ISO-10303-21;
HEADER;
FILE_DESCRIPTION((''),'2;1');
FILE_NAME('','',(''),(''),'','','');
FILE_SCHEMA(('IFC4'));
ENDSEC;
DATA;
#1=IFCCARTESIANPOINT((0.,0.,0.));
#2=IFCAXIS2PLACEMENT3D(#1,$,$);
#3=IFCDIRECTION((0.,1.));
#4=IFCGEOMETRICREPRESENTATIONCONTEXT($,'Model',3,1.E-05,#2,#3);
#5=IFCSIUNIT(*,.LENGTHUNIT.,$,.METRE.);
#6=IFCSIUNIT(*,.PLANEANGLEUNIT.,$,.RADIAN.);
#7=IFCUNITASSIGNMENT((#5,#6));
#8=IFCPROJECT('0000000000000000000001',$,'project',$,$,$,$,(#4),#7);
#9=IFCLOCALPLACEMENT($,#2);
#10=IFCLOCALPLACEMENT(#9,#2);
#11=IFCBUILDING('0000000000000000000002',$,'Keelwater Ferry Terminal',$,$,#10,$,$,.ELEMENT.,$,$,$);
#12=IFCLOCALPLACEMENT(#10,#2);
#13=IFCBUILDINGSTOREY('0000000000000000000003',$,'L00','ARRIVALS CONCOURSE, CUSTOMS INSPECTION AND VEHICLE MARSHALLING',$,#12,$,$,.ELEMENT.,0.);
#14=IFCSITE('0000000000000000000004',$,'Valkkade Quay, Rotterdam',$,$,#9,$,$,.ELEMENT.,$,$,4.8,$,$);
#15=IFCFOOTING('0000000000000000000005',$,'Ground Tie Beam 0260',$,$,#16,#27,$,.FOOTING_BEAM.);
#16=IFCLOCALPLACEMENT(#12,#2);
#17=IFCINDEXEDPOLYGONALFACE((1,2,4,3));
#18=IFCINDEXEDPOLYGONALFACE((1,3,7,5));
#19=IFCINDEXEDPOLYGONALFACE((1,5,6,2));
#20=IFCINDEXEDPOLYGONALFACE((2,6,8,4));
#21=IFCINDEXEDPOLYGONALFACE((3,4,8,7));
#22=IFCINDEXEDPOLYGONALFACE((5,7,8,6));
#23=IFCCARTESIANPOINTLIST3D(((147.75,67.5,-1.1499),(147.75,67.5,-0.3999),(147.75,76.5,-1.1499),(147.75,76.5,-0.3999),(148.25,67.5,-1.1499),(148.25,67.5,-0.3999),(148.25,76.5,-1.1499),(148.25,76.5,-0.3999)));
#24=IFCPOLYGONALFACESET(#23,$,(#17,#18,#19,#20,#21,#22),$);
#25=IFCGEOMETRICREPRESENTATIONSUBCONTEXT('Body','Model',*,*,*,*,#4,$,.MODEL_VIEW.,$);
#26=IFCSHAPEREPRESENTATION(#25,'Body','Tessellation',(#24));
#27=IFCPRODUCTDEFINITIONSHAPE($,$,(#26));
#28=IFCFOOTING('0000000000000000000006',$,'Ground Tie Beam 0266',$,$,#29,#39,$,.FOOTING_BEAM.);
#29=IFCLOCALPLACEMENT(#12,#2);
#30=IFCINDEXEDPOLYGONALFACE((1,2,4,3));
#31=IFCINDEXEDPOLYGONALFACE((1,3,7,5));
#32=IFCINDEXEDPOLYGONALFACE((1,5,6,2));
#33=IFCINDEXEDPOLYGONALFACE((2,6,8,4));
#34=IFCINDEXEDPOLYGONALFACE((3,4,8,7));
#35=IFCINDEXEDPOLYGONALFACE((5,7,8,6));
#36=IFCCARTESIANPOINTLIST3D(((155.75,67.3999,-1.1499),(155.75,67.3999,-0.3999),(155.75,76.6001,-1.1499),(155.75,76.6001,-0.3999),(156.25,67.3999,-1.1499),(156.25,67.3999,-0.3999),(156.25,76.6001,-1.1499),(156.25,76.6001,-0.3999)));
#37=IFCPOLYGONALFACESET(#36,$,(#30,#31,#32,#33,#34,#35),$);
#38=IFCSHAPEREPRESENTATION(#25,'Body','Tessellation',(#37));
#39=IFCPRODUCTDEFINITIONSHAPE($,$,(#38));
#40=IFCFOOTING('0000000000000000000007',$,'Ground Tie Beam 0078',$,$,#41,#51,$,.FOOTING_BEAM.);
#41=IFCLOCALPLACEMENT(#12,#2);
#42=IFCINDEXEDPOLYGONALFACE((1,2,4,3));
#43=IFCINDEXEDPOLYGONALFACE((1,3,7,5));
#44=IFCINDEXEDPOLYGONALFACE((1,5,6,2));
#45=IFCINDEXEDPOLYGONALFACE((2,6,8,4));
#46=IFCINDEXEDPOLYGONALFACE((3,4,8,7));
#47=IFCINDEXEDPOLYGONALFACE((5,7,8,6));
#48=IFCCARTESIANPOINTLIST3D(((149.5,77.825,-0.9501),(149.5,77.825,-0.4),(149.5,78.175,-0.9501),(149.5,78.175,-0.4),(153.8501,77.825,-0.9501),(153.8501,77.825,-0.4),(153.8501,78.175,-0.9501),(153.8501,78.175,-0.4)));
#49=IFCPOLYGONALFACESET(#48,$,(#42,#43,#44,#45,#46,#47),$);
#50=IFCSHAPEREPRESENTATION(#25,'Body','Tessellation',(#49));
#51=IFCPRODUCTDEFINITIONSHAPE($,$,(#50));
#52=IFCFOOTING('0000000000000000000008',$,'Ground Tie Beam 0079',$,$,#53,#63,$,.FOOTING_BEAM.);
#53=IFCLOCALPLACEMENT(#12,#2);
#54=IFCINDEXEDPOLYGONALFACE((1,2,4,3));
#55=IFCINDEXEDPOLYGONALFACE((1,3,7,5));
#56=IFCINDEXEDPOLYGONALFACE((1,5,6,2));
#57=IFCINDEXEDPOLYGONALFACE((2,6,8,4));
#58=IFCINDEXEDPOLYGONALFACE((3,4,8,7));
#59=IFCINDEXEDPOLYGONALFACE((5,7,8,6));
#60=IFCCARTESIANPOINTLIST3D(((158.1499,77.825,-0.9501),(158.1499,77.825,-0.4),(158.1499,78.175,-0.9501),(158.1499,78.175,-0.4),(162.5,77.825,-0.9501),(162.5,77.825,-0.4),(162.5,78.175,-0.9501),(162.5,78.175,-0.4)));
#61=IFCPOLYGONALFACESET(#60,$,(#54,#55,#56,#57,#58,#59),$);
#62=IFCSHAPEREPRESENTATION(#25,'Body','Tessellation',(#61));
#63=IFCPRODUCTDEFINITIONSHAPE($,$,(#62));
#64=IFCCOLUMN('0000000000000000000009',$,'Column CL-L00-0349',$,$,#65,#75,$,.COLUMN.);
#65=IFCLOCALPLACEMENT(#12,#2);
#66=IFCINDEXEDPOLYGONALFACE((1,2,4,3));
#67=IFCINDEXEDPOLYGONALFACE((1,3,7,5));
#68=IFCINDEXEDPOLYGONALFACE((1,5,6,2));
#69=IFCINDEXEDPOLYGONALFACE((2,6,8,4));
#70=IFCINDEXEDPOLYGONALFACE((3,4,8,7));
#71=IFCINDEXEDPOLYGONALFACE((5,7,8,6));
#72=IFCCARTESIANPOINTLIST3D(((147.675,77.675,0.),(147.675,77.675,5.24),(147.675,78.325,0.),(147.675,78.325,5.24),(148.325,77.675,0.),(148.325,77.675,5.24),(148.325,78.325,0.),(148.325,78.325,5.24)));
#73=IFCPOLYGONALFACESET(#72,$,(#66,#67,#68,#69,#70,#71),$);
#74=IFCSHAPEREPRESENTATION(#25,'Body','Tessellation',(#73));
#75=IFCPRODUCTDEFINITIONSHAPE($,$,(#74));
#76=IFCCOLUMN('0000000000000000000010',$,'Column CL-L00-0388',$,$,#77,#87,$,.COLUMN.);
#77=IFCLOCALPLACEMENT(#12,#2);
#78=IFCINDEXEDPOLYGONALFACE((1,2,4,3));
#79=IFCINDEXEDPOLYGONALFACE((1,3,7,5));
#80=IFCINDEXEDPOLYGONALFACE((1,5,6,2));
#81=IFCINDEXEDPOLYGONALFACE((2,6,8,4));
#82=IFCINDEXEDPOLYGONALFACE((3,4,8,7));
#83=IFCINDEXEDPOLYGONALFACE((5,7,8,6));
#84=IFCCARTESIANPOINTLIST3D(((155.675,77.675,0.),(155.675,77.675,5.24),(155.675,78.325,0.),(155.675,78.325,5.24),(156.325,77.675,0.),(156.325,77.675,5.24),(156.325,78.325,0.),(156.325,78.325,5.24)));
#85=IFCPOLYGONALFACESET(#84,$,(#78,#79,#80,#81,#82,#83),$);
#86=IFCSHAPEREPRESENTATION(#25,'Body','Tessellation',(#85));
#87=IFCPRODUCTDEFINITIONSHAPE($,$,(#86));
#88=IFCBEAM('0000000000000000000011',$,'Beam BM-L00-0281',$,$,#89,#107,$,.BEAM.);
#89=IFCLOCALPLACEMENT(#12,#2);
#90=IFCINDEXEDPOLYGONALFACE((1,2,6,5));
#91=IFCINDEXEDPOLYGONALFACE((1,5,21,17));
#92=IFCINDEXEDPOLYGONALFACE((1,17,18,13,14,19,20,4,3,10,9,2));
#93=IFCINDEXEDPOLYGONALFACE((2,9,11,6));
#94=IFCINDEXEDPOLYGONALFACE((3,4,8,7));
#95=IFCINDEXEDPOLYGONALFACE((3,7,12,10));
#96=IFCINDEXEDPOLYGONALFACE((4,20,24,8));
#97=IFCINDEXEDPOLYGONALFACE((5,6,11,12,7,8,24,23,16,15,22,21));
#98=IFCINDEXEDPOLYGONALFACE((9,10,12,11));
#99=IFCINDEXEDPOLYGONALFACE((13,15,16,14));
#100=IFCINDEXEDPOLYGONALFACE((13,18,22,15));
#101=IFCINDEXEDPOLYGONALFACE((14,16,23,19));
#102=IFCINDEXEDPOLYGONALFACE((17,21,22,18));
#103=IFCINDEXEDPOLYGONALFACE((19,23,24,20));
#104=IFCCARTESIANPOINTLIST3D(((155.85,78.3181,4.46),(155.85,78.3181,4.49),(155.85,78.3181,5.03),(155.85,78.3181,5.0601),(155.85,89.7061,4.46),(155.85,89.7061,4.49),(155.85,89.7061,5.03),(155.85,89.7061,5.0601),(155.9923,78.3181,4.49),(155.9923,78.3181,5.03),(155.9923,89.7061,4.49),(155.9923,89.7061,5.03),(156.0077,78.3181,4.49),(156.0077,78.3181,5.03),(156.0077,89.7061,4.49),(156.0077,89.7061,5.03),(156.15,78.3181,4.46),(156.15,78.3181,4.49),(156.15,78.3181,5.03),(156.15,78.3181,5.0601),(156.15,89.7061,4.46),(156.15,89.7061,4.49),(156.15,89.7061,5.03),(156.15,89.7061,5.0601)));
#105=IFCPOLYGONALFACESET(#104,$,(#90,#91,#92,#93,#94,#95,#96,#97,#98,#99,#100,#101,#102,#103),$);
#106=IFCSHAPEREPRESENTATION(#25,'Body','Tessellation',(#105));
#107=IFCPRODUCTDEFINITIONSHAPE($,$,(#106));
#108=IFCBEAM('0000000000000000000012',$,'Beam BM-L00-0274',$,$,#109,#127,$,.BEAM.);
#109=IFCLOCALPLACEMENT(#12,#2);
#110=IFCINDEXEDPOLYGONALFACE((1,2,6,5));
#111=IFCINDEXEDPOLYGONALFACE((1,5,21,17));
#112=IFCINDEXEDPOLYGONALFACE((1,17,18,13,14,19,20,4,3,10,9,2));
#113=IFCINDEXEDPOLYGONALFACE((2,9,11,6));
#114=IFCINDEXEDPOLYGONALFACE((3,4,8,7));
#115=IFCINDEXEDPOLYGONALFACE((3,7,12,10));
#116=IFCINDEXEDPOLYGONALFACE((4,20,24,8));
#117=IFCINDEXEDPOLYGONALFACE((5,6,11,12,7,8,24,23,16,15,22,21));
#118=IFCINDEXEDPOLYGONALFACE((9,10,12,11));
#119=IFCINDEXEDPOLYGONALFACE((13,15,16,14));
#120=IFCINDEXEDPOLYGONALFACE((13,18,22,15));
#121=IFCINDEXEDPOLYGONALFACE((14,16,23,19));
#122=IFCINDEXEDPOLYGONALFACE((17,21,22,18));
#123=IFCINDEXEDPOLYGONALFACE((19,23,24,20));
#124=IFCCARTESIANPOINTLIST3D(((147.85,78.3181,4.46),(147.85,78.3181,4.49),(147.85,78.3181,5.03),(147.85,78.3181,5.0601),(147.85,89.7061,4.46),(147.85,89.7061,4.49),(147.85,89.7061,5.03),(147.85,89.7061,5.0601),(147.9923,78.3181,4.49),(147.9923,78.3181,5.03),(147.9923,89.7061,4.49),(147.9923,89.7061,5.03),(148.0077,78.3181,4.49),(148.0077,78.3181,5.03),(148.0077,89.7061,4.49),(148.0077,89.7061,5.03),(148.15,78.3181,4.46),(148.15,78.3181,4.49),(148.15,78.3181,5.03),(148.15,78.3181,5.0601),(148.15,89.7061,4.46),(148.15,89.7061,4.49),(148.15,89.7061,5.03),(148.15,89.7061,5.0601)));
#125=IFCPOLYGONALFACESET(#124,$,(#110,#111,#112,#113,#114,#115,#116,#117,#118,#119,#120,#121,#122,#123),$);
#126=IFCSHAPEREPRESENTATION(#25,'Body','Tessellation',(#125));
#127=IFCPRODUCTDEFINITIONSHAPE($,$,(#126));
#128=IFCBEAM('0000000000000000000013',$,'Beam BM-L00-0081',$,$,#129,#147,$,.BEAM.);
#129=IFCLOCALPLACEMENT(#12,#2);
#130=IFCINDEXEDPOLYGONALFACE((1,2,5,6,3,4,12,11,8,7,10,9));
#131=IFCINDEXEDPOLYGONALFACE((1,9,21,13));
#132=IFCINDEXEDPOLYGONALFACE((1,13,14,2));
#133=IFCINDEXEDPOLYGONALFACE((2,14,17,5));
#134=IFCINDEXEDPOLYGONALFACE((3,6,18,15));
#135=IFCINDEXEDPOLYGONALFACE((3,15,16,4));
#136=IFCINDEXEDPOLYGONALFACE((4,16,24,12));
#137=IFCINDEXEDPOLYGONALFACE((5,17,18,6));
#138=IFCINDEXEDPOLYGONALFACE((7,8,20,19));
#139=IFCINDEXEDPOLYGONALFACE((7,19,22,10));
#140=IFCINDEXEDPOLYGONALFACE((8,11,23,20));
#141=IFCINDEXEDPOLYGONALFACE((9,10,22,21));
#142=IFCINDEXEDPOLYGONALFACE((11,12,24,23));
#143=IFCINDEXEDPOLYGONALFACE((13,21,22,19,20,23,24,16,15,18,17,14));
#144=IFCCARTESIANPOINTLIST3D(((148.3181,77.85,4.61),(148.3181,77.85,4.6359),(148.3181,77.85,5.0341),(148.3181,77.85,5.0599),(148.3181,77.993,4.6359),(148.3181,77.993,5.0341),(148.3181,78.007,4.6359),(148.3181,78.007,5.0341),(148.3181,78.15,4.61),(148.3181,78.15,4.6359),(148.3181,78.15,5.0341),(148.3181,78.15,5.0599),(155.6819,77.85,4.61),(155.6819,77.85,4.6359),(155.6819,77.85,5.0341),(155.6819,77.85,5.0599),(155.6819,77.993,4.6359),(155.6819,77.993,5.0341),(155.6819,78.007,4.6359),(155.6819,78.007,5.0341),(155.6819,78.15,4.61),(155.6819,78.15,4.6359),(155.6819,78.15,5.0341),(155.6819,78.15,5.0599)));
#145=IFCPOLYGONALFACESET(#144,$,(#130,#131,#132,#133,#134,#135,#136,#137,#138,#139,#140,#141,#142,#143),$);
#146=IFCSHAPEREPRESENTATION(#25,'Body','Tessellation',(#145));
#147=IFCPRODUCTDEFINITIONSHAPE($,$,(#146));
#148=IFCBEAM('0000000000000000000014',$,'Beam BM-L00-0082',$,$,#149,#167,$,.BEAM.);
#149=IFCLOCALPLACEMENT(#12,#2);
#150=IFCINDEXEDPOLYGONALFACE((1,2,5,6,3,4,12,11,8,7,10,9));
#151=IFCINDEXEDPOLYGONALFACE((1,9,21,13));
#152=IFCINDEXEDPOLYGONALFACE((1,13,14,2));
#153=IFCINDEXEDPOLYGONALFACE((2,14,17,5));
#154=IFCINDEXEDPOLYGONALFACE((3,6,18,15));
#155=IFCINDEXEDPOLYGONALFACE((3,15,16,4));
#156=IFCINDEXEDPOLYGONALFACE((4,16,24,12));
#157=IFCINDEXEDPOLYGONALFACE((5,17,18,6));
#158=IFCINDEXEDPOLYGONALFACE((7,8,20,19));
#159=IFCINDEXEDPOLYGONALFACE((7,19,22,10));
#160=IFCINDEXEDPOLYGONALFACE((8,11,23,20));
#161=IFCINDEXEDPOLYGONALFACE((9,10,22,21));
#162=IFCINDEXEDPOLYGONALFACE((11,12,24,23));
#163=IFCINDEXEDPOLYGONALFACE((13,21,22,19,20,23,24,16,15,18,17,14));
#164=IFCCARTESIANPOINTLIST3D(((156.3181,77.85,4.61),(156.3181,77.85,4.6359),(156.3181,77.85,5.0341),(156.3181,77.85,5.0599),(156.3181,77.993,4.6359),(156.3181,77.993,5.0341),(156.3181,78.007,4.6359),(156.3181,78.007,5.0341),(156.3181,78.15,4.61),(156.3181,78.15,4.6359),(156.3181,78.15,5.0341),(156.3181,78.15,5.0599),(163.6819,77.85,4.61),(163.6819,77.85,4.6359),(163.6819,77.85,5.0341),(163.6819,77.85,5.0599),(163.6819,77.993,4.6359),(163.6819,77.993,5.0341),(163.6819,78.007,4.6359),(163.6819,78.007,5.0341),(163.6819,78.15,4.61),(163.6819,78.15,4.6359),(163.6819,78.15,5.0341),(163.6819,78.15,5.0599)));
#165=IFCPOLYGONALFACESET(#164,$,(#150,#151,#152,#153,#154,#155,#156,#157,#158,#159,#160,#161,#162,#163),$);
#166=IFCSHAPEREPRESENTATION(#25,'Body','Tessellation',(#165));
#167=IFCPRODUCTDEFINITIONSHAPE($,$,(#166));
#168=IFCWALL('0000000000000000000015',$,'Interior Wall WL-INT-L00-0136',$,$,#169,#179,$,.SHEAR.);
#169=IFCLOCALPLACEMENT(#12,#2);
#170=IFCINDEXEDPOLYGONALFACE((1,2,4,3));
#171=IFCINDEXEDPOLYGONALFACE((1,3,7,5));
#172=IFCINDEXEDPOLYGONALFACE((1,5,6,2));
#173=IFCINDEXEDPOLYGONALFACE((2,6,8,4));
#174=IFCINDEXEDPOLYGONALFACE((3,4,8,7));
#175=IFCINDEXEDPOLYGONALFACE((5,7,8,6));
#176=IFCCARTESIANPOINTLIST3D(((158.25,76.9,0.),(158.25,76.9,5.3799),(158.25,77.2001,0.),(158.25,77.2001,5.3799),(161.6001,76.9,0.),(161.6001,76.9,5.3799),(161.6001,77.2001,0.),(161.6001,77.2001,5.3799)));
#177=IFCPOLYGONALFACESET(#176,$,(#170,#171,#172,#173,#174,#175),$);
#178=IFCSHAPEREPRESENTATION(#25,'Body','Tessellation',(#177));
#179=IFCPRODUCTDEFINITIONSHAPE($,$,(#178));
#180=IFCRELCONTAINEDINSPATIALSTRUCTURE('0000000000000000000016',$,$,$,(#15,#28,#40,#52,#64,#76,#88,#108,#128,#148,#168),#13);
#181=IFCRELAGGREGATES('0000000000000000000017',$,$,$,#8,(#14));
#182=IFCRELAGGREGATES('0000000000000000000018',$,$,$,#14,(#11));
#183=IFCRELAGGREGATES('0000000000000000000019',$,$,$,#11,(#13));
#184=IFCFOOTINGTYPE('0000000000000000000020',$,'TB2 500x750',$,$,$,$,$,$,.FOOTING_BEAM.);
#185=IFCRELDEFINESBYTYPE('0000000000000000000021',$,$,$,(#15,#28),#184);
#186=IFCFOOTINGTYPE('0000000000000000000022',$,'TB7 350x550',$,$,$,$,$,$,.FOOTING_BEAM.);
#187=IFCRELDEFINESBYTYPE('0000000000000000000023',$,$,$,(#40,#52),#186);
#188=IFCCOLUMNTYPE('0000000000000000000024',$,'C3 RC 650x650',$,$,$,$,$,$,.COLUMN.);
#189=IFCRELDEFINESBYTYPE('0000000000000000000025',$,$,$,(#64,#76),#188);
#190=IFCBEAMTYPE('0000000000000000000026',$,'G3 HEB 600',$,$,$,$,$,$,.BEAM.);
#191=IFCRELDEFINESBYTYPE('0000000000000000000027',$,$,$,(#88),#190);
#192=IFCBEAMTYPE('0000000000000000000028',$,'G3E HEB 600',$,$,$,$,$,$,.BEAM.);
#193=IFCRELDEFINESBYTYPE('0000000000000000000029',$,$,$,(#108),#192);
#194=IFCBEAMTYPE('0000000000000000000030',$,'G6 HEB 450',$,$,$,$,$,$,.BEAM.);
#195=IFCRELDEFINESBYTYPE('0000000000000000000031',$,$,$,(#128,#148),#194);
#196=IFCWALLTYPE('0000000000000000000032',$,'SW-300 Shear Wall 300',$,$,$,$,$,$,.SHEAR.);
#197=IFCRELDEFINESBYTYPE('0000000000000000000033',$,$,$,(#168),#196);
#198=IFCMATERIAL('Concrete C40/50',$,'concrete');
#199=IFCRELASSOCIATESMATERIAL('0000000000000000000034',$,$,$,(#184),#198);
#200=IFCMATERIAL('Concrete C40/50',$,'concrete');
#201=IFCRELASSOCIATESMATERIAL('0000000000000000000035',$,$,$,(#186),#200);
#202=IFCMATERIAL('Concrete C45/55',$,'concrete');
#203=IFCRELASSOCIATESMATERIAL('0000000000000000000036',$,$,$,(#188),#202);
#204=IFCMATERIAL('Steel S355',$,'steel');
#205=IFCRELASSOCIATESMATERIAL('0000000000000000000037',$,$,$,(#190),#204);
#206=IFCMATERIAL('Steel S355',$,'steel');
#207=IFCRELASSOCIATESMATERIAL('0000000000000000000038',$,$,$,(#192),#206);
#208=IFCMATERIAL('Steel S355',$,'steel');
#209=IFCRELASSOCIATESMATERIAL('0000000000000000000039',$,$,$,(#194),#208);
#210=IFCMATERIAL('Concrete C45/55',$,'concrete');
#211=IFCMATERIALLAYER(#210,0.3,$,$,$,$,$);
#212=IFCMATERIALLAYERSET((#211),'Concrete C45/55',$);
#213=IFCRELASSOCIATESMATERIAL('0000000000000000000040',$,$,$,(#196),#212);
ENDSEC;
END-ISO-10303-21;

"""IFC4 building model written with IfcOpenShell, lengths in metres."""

from ifc_helpers import new_model, si_unit, direction, frame, frame_2d, origin, origin_2d, place, context, subcontext, project, spatial, rectangle, i_section, extrude, material, layer, layer_set, material_profile, profile_set, type_object, element, save


model = new_model("IFC4")

# Units and contexts
model_context = context("Model", 3, precision=1e-05, world=origin(), true_north=direction((0.0, 1.0)))
body_context = subcontext(model_context, "Body", "Model", "MODEL_VIEW")
ifc_project = project(units=[si_unit("LENGTHUNIT", "METRE"), si_unit("PLANEANGLEUNIT", "RADIAN")], contexts=[model_context])

# Site, building, storey
site_placement = place(None, origin())
site = spatial("IfcSite", under=ifc_project, at=site_placement, Name="Valkkade Quay, Rotterdam", CompositionType="ELEMENT", RefElevation=4.8)
building_placement = place(site_placement, origin())
building = spatial("IfcBuilding", under=site, at=building_placement, Name="Keelwater Ferry Terminal", CompositionType="ELEMENT")
storey_placement = place(building_placement, origin())
storey = spatial("IfcBuildingStorey", under=building, at=storey_placement, Name="L00", Description="ARRIVALS CONCOURSE, CUSTOMS INSPECTION AND VEHICLE MARSHALLING", CompositionType="ELEMENT", Elevation=0.0)

# Footings
ifc_material_1 = material(Name="Concrete C40/50", Category="concrete")
ifc_material_profile_1 = material_profile(ifc_material_1, rectangle(XDim=0.5, YDim=0.75, at=origin_2d()), Name="TB 500x750")
ifc_profile_set_1 = profile_set([ifc_material_profile_1], Name="Concrete C40/50")
footing_type_1 = type_object("IfcFootingType", Name="TB2 500x750", PredefinedType="FOOTING_BEAM", material=ifc_profile_set_1)
footing_1_placement = place(storey_placement, frame((148.0, 67.5, -0.7749), z_axis=(0.0, 1.0, 0.0), x_axis=(-1.0, 0.0, 0.0)))
element("IfcFooting", 1, at=footing_1_placement, inside=storey, type_object=footing_type_1, Name="Ground Tie Beam 0260", PredefinedType="FOOTING_BEAM", context=body_context, shape_type="SweptSolid", body=[
    extrude(rectangle(XDim=0.5, YDim=0.75, at=origin_2d()), origin(), (0.0, 0.0, 1.0), 9.0),
])
footing_2_placement = place(storey_placement, frame((156.0, 67.3999, -0.7749), z_axis=(0.0, 1.0, 0.0), x_axis=(-1.0, 0.0, 0.0)))
element("IfcFooting", 2, at=footing_2_placement, inside=storey, type_object=footing_type_1, Name="Ground Tie Beam 0266", PredefinedType="FOOTING_BEAM", context=body_context, shape_type="SweptSolid", body=[
    extrude(rectangle(XDim=0.5, YDim=0.75, at=origin_2d()), origin(), (0.0, 0.0, 1.0), 9.2002),
])
ifc_material_2 = material(Name="Concrete C40/50", Category="concrete")
ifc_material_profile_2 = material_profile(ifc_material_2, rectangle(XDim=0.3501, YDim=0.55, at=origin_2d()), Name="TB 350x550")
ifc_profile_set_2 = profile_set([ifc_material_profile_2], Name="Concrete C40/50")
footing_type_2 = type_object("IfcFootingType", Name="TB7 350x550", PredefinedType="FOOTING_BEAM", material=ifc_profile_set_2)
for number, where, z_axis, x_axis, name in (
    (3, (149.5, 78.0, -0.675), (1.0, 0.0, 0.0), (0.0, 1.0, 0.0), "Ground Tie Beam 0078"),
    (4, (158.1499, 78.0, -0.675), (1.0, 0.0, 0.0), (0.0, 1.0, 0.0), "Ground Tie Beam 0079"),
):
    element("IfcFooting", number, at=place(storey_placement, frame(where, z_axis=z_axis, x_axis=x_axis)), inside=storey, type_object=footing_type_2, Name=name, PredefinedType="FOOTING_BEAM", context=body_context, shape_type="SweptSolid", body=[
        extrude(rectangle(XDim=0.3501, YDim=0.55, at=origin_2d()), origin(), (0.0, 0.0, 1.0), 4.3501),
    ])

# Columns
ifc_material_3 = material(Name="Concrete C45/55", Category="concrete")
ifc_material_profile_3 = material_profile(ifc_material_3, rectangle(XDim=0.6499, YDim=0.6499, at=origin_2d()), Name="RC 650x650")
ifc_profile_set_3 = profile_set([ifc_material_profile_3], Name="Concrete C45/55")
column_type = type_object("IfcColumnType", Name="C3 RC 650x650", PredefinedType="COLUMN", material=ifc_profile_set_3)
for number, where, z_axis, x_axis, name in (
    (5, (148.0, 78.0, 0.0), (0.0, 0.0, 1.0), (1.0, 0.0, 0.0), "Column CL-L00-0349"),
    (6, (156.0, 78.0, 0.0), (0.0, 0.0, 1.0), (1.0, 0.0, 0.0), "Column CL-L00-0388"),
):
    element("IfcColumn", number, at=place(storey_placement, frame(where, z_axis=z_axis, x_axis=x_axis)), inside=storey, type_object=column_type, Name=name, PredefinedType="COLUMN", context=body_context, shape_type="SweptSolid", body=[
        extrude(rectangle(XDim=0.6499, YDim=0.6499, at=origin_2d()), origin(), (0.0, 0.0, 1.0), 5.24),
    ])

# Beams
ifc_material_4 = material(Name="Steel S355", Category="steel")
ifc_material_profile_4 = material_profile(ifc_material_4, i_section(OverallWidth=0.3, OverallDepth=0.6001, WebThickness=0.0154, FlangeThickness=0.03, at=origin_2d()), Name="HEB 600")
ifc_profile_set_4 = profile_set([ifc_material_profile_4], Name="Steel S355")
beam_type_1 = type_object("IfcBeamType", Name="G3 HEB 600", PredefinedType="BEAM", material=ifc_profile_set_4)
beam_1_placement = place(storey_placement, frame((156.0, 78.3181, 4.76), z_axis=(0.0, 1.0, 0.0), x_axis=(-1.0, 0.0, 0.0)))
element("IfcBeam", 7, at=beam_1_placement, inside=storey, type_object=beam_type_1, Name="Beam BM-L00-0281", PredefinedType="BEAM", context=body_context, shape_type="SweptSolid", body=[
    extrude(i_section(OverallWidth=0.3, OverallDepth=0.6001, WebThickness=0.0154, FlangeThickness=0.03, at=origin_2d()), origin(), (0.0, 0.0, 1.0), 11.3879),
])
ifc_material_5 = material(Name="Steel S355", Category="steel")
ifc_material_profile_5 = material_profile(ifc_material_5, i_section(OverallWidth=0.3, OverallDepth=0.6001, WebThickness=0.0154, FlangeThickness=0.03, at=origin_2d()), Name="HEB 600")
ifc_profile_set_5 = profile_set([ifc_material_profile_5], Name="Steel S355")
beam_type_2 = type_object("IfcBeamType", Name="G3E HEB 600", PredefinedType="BEAM", material=ifc_profile_set_5)
beam_2_placement = place(storey_placement, frame((148.0, 78.3181, 4.76), z_axis=(0.0, 1.0, 0.0), x_axis=(-1.0, 0.0, 0.0)))
element("IfcBeam", 8, at=beam_2_placement, inside=storey, type_object=beam_type_2, Name="Beam BM-L00-0274", PredefinedType="BEAM", context=body_context, shape_type="SweptSolid", body=[
    extrude(i_section(OverallWidth=0.3, OverallDepth=0.6001, WebThickness=0.0154, FlangeThickness=0.03, at=origin_2d()), origin(), (0.0, 0.0, 1.0), 11.3879),
])
ifc_material_6 = material(Name="Steel S355", Category="steel")
ifc_material_profile_6 = material_profile(ifc_material_6, i_section(OverallWidth=0.3, OverallDepth=0.45, WebThickness=0.0139, FlangeThickness=0.0259, at=origin_2d()), Name="HEB 450")
ifc_profile_set_6 = profile_set([ifc_material_profile_6], Name="Steel S355")
beam_type_3 = type_object("IfcBeamType", Name="G6 HEB 450", PredefinedType="BEAM", material=ifc_profile_set_6)
for number, where, z_axis, x_axis, name in (
    (9, (148.3181, 78.0, 4.835), (1.0, 0.0, 0.0), (0.0, 1.0, 0.0), "Beam BM-L00-0081"),
    (10, (156.3181, 78.0, 4.835), (1.0, 0.0, 0.0), (0.0, 1.0, 0.0), "Beam BM-L00-0082"),
):
    element("IfcBeam", number, at=place(storey_placement, frame(where, z_axis=z_axis, x_axis=x_axis)), inside=storey, type_object=beam_type_3, Name=name, PredefinedType="BEAM", context=body_context, shape_type="SweptSolid", body=[
        extrude(i_section(OverallWidth=0.3, OverallDepth=0.45, WebThickness=0.0139, FlangeThickness=0.0259, at=origin_2d()), origin(), (0.0, 0.0, 1.0), 7.3638),
    ])

# Shared definitions
ifc_material_7 = material(Name="Concrete C45/55", Category="concrete")
ifc_layer = layer(ifc_material_7, 0.3)
ifc_layer_set = layer_set([ifc_layer], Name="Concrete C45/55")
wall_type = type_object("IfcWallType", Name="SW-300 Shear Wall 300", PredefinedType="SHEAR", material=ifc_layer_set)

# Wall
wall_1_placement = place(storey_placement, frame((158.25, 77.05, 0.0), z_axis=(0.0, 0.0, 1.0), x_axis=(1.0, 0.0, 0.0)))
element("IfcWall", 11, at=wall_1_placement, inside=storey, type_object=wall_type, Name="Interior Wall WL-INT-L00-0136", PredefinedType="SHEAR", context=body_context, shape_type="SweptSolid", body=[
    extrude(rectangle(XDim=3.3501, YDim=0.3, at=frame_2d((1.675, 0.0))), origin(), (0.0, 0.0, 1.0), 5.3799),
])

save(model, "model.ifc")
